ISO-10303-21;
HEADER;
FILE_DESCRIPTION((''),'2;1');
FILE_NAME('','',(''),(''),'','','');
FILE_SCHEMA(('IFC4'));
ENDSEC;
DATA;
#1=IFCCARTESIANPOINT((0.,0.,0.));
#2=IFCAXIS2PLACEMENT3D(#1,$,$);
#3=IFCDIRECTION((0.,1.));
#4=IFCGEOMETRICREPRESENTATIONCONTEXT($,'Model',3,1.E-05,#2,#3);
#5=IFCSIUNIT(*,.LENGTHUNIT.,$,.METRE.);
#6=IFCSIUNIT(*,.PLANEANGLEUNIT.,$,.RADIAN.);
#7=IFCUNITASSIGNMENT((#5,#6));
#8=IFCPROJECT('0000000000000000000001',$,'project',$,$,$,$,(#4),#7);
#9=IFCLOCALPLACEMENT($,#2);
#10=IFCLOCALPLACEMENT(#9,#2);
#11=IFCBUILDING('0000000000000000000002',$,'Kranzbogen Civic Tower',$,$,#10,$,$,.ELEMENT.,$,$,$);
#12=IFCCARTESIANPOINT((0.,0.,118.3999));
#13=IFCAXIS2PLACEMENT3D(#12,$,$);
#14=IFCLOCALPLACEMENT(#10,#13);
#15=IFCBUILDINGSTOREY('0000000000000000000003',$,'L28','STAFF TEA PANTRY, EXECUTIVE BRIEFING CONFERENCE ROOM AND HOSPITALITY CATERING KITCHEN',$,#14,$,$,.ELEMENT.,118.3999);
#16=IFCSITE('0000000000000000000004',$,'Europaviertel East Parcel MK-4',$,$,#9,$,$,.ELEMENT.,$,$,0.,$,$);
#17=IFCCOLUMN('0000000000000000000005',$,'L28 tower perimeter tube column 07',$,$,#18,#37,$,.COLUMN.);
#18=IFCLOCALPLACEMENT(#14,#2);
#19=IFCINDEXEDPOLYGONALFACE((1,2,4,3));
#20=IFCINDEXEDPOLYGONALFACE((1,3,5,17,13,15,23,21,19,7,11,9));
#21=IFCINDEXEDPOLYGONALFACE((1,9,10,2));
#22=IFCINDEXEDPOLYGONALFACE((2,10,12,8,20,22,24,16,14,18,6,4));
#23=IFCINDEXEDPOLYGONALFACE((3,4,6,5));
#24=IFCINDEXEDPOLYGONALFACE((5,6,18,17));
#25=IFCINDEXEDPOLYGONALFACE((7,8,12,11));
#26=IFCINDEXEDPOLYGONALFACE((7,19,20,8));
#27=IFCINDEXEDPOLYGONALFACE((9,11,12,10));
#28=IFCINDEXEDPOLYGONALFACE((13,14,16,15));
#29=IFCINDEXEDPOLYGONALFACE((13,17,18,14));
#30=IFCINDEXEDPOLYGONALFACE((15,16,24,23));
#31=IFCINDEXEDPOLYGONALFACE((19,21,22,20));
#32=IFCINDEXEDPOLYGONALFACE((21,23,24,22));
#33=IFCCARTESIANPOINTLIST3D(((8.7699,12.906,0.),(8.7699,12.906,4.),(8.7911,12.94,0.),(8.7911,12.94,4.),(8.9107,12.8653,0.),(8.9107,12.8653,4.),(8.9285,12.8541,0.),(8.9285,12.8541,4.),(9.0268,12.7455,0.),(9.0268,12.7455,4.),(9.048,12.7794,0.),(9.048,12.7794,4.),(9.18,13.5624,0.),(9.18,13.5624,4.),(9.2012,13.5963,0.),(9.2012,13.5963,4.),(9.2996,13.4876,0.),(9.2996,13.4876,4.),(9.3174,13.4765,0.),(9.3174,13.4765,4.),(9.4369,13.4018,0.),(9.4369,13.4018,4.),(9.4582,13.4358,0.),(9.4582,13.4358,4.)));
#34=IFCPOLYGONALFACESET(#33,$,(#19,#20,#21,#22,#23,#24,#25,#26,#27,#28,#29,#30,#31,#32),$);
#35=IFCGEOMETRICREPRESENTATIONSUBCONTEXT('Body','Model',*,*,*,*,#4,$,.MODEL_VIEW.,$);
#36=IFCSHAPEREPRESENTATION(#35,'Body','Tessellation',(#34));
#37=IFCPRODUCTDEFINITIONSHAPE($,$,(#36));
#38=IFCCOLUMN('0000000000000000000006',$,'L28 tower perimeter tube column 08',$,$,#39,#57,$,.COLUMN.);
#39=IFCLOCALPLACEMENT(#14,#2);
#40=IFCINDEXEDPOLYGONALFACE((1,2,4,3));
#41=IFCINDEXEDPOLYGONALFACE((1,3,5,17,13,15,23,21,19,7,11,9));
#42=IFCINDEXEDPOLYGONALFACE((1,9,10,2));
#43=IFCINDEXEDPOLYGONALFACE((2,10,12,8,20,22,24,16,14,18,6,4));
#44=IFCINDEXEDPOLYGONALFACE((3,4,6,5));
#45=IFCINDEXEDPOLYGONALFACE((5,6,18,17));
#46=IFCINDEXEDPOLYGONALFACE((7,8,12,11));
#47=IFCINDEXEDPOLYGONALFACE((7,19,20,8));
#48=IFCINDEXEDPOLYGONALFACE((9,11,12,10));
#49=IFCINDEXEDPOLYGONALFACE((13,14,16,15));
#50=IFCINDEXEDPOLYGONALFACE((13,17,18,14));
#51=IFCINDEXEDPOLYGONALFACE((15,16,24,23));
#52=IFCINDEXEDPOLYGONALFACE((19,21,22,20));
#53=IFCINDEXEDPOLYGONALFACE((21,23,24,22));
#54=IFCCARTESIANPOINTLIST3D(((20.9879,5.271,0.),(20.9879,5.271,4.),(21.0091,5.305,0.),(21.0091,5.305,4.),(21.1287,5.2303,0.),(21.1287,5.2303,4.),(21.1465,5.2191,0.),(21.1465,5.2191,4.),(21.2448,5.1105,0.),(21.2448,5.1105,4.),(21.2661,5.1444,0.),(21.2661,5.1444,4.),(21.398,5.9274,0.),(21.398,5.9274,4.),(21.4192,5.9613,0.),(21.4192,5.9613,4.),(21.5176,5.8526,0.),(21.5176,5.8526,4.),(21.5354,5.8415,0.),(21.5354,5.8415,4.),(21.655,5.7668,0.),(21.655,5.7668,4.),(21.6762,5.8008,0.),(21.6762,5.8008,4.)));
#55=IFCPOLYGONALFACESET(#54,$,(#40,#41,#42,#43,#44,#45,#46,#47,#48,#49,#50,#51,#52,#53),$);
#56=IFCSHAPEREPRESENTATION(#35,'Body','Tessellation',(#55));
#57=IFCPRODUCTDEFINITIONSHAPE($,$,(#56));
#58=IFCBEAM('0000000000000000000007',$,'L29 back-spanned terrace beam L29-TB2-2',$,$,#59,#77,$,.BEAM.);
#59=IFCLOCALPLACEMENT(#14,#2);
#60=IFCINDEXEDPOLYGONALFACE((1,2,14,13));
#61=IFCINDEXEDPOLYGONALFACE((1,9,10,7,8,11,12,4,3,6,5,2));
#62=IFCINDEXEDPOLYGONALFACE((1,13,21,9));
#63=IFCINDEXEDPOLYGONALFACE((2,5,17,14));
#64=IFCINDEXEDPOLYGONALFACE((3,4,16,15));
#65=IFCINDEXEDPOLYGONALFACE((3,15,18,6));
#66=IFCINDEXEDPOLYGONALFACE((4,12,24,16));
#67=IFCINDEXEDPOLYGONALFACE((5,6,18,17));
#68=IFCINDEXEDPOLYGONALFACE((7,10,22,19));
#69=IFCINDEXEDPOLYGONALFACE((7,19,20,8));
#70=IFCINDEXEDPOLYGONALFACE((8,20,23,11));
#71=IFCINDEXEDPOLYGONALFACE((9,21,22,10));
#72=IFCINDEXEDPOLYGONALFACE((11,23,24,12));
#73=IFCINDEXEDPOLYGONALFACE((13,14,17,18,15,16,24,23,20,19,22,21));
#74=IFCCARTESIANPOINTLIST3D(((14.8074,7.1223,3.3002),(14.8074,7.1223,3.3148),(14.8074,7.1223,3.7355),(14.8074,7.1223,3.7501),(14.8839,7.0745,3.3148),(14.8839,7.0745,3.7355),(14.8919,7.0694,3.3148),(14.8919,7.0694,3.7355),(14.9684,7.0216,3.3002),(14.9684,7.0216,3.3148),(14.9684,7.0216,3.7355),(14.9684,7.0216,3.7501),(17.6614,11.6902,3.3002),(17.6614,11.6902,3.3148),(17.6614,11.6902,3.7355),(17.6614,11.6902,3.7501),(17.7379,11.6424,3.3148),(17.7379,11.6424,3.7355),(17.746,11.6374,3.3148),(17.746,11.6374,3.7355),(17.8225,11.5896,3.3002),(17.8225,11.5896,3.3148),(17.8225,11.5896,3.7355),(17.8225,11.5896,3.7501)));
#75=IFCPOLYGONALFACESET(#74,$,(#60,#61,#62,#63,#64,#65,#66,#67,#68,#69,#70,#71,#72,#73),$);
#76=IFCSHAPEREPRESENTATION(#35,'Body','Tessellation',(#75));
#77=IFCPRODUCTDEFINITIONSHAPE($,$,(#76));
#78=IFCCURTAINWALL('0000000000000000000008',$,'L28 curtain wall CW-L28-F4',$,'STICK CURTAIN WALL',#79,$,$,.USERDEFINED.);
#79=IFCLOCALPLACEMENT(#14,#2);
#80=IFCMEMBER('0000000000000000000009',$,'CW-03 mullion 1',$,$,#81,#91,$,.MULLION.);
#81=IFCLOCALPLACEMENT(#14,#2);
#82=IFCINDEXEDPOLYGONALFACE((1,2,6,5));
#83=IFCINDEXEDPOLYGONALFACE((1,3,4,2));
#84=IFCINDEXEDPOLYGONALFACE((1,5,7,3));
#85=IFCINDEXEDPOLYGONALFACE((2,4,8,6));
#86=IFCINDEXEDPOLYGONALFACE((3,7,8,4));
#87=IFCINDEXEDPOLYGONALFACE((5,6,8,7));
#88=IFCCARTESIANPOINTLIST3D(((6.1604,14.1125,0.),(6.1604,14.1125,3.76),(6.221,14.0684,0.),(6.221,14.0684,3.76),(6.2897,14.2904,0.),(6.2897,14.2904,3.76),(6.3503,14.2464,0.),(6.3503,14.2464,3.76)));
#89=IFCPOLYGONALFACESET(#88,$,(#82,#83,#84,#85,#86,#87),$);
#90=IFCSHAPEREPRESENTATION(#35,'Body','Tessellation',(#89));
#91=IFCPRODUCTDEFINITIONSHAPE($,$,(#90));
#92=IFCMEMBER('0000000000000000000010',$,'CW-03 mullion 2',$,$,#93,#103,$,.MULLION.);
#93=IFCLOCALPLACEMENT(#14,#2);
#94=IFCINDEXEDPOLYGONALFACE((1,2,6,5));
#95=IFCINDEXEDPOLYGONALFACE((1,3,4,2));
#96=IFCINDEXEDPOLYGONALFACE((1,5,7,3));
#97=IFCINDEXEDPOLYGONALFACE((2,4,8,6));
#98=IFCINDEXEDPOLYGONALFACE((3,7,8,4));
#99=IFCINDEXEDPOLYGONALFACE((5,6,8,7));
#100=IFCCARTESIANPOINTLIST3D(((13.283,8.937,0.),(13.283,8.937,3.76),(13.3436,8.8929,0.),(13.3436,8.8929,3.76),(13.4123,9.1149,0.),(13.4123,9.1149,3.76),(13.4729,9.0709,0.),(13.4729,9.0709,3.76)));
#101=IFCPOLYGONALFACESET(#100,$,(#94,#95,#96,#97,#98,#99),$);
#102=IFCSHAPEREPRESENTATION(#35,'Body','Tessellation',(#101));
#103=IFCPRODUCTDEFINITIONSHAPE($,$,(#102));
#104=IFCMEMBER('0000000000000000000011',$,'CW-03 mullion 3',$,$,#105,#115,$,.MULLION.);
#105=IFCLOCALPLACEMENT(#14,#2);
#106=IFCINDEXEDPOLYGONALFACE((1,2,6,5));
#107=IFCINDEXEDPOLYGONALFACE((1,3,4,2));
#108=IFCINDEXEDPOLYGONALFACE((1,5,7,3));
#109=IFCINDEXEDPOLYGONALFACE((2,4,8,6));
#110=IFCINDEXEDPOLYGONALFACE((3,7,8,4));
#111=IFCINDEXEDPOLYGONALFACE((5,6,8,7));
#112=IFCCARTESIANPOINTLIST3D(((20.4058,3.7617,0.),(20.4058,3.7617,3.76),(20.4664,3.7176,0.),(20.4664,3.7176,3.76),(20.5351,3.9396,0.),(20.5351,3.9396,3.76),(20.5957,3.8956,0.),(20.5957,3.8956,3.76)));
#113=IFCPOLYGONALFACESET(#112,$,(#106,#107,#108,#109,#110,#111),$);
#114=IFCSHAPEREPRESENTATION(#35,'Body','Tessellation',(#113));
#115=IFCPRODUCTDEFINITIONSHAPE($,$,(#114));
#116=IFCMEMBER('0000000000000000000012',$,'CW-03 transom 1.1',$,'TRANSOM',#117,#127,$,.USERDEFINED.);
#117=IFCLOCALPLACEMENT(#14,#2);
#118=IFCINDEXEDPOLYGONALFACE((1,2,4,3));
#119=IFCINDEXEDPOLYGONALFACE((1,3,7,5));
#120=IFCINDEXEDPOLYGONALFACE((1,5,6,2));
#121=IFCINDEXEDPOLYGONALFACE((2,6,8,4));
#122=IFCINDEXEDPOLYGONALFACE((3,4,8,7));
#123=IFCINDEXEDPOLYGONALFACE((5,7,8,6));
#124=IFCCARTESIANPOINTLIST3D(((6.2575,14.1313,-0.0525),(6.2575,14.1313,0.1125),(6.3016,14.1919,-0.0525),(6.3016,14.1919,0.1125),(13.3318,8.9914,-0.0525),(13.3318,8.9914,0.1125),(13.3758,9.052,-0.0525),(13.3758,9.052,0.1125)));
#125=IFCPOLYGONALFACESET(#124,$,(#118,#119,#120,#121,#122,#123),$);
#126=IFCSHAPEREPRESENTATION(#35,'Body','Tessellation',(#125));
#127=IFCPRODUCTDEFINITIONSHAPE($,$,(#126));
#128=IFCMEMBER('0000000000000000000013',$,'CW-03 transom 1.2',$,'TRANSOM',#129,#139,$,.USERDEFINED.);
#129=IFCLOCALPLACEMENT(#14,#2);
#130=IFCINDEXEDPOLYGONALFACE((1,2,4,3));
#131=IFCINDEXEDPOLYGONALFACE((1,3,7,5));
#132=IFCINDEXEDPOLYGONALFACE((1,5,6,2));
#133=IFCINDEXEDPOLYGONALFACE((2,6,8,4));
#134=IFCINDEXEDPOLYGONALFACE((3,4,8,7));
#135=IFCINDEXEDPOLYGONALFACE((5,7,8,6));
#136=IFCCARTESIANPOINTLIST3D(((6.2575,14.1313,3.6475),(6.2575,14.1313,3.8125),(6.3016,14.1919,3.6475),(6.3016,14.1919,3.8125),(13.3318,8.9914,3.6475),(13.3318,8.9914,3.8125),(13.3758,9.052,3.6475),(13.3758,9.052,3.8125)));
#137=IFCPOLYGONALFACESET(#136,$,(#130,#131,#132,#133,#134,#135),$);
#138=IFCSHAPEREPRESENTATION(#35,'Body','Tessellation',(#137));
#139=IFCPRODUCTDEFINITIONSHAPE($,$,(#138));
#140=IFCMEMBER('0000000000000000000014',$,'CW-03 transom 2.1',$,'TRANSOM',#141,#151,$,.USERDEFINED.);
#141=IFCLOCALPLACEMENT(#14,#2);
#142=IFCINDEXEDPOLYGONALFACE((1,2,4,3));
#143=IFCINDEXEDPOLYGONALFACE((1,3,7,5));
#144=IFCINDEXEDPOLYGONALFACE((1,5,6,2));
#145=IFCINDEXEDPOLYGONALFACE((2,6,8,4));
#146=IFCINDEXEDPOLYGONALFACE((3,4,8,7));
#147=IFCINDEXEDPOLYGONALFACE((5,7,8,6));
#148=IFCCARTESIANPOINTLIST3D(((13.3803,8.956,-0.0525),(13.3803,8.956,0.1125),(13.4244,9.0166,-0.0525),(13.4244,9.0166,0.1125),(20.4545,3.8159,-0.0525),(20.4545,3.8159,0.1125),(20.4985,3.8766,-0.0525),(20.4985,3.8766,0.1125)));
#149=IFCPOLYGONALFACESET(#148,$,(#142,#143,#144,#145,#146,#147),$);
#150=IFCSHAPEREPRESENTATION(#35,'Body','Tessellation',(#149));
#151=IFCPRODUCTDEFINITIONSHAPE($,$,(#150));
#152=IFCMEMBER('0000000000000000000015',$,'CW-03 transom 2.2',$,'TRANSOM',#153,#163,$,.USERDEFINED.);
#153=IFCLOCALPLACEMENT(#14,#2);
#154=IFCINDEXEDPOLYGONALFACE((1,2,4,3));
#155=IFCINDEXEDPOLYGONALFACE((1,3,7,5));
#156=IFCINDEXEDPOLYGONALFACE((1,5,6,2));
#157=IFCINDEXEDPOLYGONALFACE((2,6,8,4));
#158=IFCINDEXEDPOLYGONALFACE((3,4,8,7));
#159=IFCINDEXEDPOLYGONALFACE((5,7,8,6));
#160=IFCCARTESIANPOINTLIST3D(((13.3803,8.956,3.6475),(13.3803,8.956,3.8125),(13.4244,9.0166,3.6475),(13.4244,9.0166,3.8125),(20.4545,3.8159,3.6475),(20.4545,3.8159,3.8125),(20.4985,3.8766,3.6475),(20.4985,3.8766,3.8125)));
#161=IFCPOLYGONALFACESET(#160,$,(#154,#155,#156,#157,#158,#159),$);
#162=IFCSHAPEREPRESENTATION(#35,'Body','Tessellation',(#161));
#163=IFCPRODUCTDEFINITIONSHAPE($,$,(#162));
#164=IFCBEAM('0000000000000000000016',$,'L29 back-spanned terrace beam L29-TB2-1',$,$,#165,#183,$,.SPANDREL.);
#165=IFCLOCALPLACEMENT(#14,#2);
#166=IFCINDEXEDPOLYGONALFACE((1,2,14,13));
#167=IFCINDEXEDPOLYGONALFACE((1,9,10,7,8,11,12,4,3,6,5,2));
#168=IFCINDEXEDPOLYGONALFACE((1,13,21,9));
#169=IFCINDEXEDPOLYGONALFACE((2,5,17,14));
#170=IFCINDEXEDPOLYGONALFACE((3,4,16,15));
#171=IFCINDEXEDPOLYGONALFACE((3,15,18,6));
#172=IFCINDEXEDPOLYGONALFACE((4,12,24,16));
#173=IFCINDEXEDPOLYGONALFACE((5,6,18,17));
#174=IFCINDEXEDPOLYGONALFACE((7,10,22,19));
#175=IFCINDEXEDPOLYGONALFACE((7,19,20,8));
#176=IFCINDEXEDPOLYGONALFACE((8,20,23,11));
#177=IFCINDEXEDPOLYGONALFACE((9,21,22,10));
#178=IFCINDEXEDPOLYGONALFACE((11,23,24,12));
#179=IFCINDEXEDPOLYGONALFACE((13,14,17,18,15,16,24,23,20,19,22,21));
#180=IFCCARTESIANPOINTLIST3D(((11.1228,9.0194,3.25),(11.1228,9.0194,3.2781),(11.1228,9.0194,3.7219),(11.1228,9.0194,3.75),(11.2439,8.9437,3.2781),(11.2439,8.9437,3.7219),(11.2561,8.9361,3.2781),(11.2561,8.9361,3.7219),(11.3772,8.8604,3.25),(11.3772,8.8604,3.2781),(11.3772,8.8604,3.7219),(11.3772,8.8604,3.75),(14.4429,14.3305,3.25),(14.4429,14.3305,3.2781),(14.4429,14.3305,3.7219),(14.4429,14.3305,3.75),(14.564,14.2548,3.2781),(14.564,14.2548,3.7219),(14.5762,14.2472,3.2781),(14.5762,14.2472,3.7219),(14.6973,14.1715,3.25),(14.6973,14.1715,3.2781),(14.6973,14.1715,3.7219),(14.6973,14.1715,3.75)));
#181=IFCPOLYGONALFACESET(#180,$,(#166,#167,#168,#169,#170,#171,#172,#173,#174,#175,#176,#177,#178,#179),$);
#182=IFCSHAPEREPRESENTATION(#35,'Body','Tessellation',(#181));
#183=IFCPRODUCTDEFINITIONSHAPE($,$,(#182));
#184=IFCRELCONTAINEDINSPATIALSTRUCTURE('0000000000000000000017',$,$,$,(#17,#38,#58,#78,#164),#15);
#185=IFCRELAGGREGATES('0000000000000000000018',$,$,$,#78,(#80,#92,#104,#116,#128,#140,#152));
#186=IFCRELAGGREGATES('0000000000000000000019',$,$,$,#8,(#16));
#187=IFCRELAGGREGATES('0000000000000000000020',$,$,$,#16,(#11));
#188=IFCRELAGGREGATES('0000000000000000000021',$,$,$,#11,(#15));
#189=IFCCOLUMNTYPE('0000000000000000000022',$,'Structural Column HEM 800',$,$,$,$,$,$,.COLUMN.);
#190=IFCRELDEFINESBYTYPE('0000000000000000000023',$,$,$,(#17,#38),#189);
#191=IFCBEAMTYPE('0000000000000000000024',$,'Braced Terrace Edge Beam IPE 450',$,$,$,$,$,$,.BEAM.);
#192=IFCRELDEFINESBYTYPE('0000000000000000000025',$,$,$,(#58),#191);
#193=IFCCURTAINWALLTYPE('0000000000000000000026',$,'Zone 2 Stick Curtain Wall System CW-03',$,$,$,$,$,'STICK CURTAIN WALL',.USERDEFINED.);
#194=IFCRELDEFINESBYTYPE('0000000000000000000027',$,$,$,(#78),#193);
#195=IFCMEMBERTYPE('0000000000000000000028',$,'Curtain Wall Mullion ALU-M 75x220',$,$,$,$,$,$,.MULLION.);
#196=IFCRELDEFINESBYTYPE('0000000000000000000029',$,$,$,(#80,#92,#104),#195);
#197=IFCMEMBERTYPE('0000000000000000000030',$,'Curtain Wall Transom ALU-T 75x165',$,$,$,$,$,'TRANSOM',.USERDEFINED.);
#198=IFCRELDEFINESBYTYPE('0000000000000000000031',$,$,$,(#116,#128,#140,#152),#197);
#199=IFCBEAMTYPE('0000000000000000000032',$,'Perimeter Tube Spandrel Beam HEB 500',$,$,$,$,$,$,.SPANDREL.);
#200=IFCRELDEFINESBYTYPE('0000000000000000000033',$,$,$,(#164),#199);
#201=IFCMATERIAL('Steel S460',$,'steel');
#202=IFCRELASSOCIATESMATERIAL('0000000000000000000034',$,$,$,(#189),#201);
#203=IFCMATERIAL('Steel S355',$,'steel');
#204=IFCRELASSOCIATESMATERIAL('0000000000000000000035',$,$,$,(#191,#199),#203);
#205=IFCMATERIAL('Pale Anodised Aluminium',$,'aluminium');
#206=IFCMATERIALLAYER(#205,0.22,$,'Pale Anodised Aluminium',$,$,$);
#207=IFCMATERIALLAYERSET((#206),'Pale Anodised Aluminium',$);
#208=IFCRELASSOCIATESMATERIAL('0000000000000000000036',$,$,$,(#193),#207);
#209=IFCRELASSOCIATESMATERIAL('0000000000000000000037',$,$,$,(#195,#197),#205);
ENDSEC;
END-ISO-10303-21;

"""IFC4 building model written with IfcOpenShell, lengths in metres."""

from ifc_helpers import new_model, si_unit, direction, frame, origin, origin_2d, place, context, subcontext, project, spatial, rectangle, i_section, extrude, material, layer, layer_set, material_profile, profile_set, type_object, element, aggregate, save


model = new_model("IFC4")

# Units and contexts
model_context = context("Model", 3, precision=1e-05, world=origin(), true_north=direction((0.0, 1.0)))
body_context = subcontext(model_context, "Body", "Model", "MODEL_VIEW")
ifc_project = project(units=[si_unit("LENGTHUNIT", "METRE"), si_unit("PLANEANGLEUNIT", "RADIAN")], contexts=[model_context])

# Site, building, storey
site_placement = place(None, origin())
site = spatial("IfcSite", under=ifc_project, at=site_placement, Name="Europaviertel East Parcel MK-4", CompositionType="ELEMENT", RefElevation=0.0)
building_placement = place(site_placement, origin())
building = spatial("IfcBuilding", under=site, at=building_placement, Name="Kranzbogen Civic Tower", CompositionType="ELEMENT")
storey_placement = place(building_placement, frame((0.0, 0.0, 118.3999)))
storey = spatial("IfcBuildingStorey", under=building, at=storey_placement, Name="L28", Description="STAFF TEA PANTRY, EXECUTIVE BRIEFING CONFERENCE ROOM AND HOSPITALITY CATERING KITCHEN", CompositionType="ELEMENT", Elevation=118.3999)

# Columns
ifc_material_1 = material(Name="Steel S460", Category="steel")
ifc_material_profile_1 = material_profile(ifc_material_1, i_section(OverallWidth=0.303, OverallDepth=0.814, WebThickness=0.021, FlangeThickness=0.04, at=origin_2d()), Name="HEM 800")
ifc_profile_set_1 = profile_set([ifc_material_profile_1], Name="Steel S460")
column_type = type_object("IfcColumnType", Name="Structural Column HEM 800", PredefinedType="COLUMN", material=ifc_profile_set_1)
for number, where, z_axis, x_axis, name in (
    (1, (9.114, 13.1709, 0.0), (0.0, 0.0, 1.0), (-0.848048, 0.529919, 0.0), "L28 tower perimeter tube column 07"),
    (2, (21.332, 5.5359, 0.0), (0.0, 0.0, 1.0), (-0.848048, 0.529919, 0.0), "L28 tower perimeter tube column 08"),
):
    element("IfcColumn", number, at=place(storey_placement, frame(where, z_axis=z_axis, x_axis=x_axis)), inside=storey, type_object=column_type, Name=name, PredefinedType="COLUMN", context=body_context, shape_type="SweptSolid", body=[
        extrude(i_section(OverallWidth=0.303, OverallDepth=0.814, WebThickness=0.021, FlangeThickness=0.04, at=origin_2d()), origin(), (0.0, 0.0, 1.0), 4.0),
    ])

# Beam
ifc_material_2 = material(Name="Steel S355", Category="steel")
ifc_material_profile_2 = material_profile(ifc_material_2, i_section(OverallWidth=0.1899, OverallDepth=0.45, WebThickness=0.0095, FlangeThickness=0.0146, at=origin_2d()), Name="IPE 450")
ifc_profile_set_2 = profile_set([ifc_material_profile_2], Name="Steel S355")
beam_type_1 = type_object("IfcBeamType", Name="Braced Terrace Edge Beam IPE 450", PredefinedType="BEAM", material=ifc_profile_set_2)
beam_1_placement = place(storey_placement, frame((17.7419, 11.6399, 3.5251), z_axis=(-0.529877, -0.848075, 0.0), x_axis=(0.848075, -0.529877, 0.0)))
element("IfcBeam", 3, at=beam_1_placement, inside=storey, type_object=beam_type_1, Name="L29 back-spanned terrace beam L29-TB2-2", PredefinedType="BEAM", context=body_context, shape_type="SweptSolid", body=[
    extrude(i_section(OverallWidth=0.1899, OverallDepth=0.45, WebThickness=0.0095, FlangeThickness=0.0146, at=origin_2d()), origin(), (0.0, 0.0, 1.0), 5.3862),
])

# Curtain wall, members
ifc_material_3 = material(Name="Pale Anodised Aluminium", Category="aluminium")
ifc_layer_1 = layer(ifc_material_3, 0.22, Name="Pale Anodised Aluminium")
ifc_layer_set_1 = layer_set([ifc_layer_1], Name="Pale Anodised Aluminium")
curtain_wall_type = type_object("IfcCurtainWallType", Name="Zone 2 Stick Curtain Wall System CW-03", ElementType="STICK CURTAIN WALL", PredefinedType="USERDEFINED", material=ifc_layer_set_1)
curtain_wall_placement = place(storey_placement, origin())
curtain_wall = element("IfcCurtainWall", 4, at=curtain_wall_placement, inside=storey, type_object=curtain_wall_type, Name="L28 curtain wall CW-L28-F4", ObjectType="STICK CURTAIN WALL", PredefinedType="USERDEFINED")
ifc_material_profile_3 = material_profile(ifc_material_3, rectangle(XDim=0.075, YDim=0.22, at=origin_2d()), Name="ALU-M 75x220")
ifc_profile_set_3 = profile_set([ifc_material_profile_3], Name="Pale Anodised Aluminium")
member_type_1 = type_object("IfcMemberType", Name="Curtain Wall Mullion ALU-M 75x220", PredefinedType="MULLION", material=ifc_profile_set_3)
member_1_placement = place(storey_placement, frame((6.2554, 14.1794, 0.0), z_axis=(0.0, 0.0, 1.0), x_axis=(0.808995, -0.587815, 0.0)))
member_1 = element("IfcMember", 5, at=member_1_placement, type_object=member_type_1, Name="CW-03 mullion 1", PredefinedType="MULLION", context=body_context, shape_type="SweptSolid", body=[
    extrude(rectangle(XDim=0.075, YDim=0.22, at=origin_2d()), origin(), (0.0, 0.0, 1.0), 3.76),
])
member_2_placement = place(storey_placement, frame((13.3779, 9.0039, 0.0), z_axis=(0.0, 0.0, 1.0), x_axis=(0.808995, -0.587815, 0.0)))
member_2 = element("IfcMember", 6, at=member_2_placement, type_object=member_type_1, Name="CW-03 mullion 2", PredefinedType="MULLION", context=body_context, shape_type="SweptSolid", body=[
    extrude(rectangle(XDim=0.075, YDim=0.22, at=origin_2d()), origin(), (0.0, 0.0, 1.0), 3.76),
])
member_3_placement = place(storey_placement, frame((20.5007, 3.8286, 0.0), z_axis=(0.0, 0.0, 1.0), x_axis=(0.808995, -0.587815, 0.0)))
member_3 = element("IfcMember", 7, at=member_3_placement, type_object=member_type_1, Name="CW-03 mullion 3", PredefinedType="MULLION", context=body_context, shape_type="SweptSolid", body=[
    extrude(rectangle(XDim=0.075, YDim=0.22, at=origin_2d()), origin(), (0.0, 0.0, 1.0), 3.76),
])
ifc_material_profile_4 = material_profile(ifc_material_3, rectangle(XDim=0.075, YDim=0.165, at=origin_2d()), Name="ALU-T 75x165")
ifc_profile_set_4 = profile_set([ifc_material_profile_4], Name="Pale Anodised Aluminium")
member_type_2 = type_object("IfcMemberType", Name="Curtain Wall Transom ALU-T 75x165", ElementType="TRANSOM", PredefinedType="USERDEFINED", material=ifc_profile_set_4)
member_4_placement = place(storey_placement, frame((6.2795, 14.1616, 0.03), z_axis=(0.809008, -0.587798, 0.0), x_axis=(0.587798, 0.809008, 0.0)))
member_4 = element("IfcMember", 8, at=member_4_placement, type_object=member_type_2, Name="CW-03 transom 1.1", ObjectType="TRANSOM", PredefinedType="USERDEFINED", context=body_context, shape_type="SweptSolid", body=[
    extrude(rectangle(XDim=0.075, YDim=0.165, at=origin_2d()), origin(), (0.0, 0.0, 1.0), 8.7444),
])
member_5_placement = place(storey_placement, frame((6.2795, 14.1616, 3.73), z_axis=(0.809008, -0.587798, 0.0), x_axis=(0.587798, 0.809008, 0.0)))
member_5 = element("IfcMember", 9, at=member_5_placement, type_object=member_type_2, Name="CW-03 transom 1.2", ObjectType="TRANSOM", PredefinedType="USERDEFINED", context=body_context, shape_type="SweptSolid", body=[
    extrude(rectangle(XDim=0.075, YDim=0.165, at=origin_2d()), origin(), (0.0, 0.0, 1.0), 8.7444),
])
member_6_placement = place(storey_placement, frame((13.4023, 8.9863, 0.03), z_axis=(0.808994, -0.587816, 0.0), x_axis=(0.587816, 0.808994, 0.0)))
member_6 = element("IfcMember", 10, at=member_6_placement, type_object=member_type_2, Name="CW-03 transom 2.1", ObjectType="TRANSOM", PredefinedType="USERDEFINED", context=body_context, shape_type="SweptSolid", body=[
    extrude(rectangle(XDim=0.075, YDim=0.165, at=origin_2d()), origin(), (0.0, 0.0, 1.0), 8.7444),
])
member_7_placement = place(storey_placement, frame((13.4023, 8.9863, 3.73), z_axis=(0.808994, -0.587816, 0.0), x_axis=(0.587816, 0.808994, 0.0)))
member_7 = element("IfcMember", 11, at=member_7_placement, type_object=member_type_2, Name="CW-03 transom 2.2", ObjectType="TRANSOM", PredefinedType="USERDEFINED", context=body_context, shape_type="SweptSolid", body=[
    extrude(rectangle(XDim=0.075, YDim=0.165, at=origin_2d()), origin(), (0.0, 0.0, 1.0), 8.7444),
])

# Beam
ifc_material_profile_5 = material_profile(ifc_material_2, i_section(OverallWidth=0.3, OverallDepth=0.5, WebThickness=0.0144, FlangeThickness=0.0281, at=origin_2d()), Name="HEB 500")
ifc_profile_set_5 = profile_set([ifc_material_profile_5], Name="Steel S355")
beam_type_2 = type_object("IfcBeamType", Name="Perimeter Tube Spandrel Beam HEB 500", PredefinedType="SPANDREL", material=ifc_profile_set_5)
beam_2_placement = place(storey_placement, frame((14.5701, 14.251, 3.5), z_axis=(-0.530076, -0.84795, 0.0), x_axis=(0.84795, -0.530076, 0.0)))
element("IfcBeam", 12, at=beam_2_placement, inside=storey, type_object=beam_type_2, Name="L29 back-spanned terrace beam L29-TB2-1", PredefinedType="SPANDREL", context=body_context, shape_type="SweptSolid", body=[
    extrude(i_section(OverallWidth=0.3, OverallDepth=0.5, WebThickness=0.0144, FlangeThickness=0.0281, at=origin_2d()), origin(), (0.0, 0.0, 1.0), 6.2634),
])

aggregate(curtain_wall, [member_1, member_2, member_3, member_4, member_5, member_6, member_7])

save(model, "model.ifc")
